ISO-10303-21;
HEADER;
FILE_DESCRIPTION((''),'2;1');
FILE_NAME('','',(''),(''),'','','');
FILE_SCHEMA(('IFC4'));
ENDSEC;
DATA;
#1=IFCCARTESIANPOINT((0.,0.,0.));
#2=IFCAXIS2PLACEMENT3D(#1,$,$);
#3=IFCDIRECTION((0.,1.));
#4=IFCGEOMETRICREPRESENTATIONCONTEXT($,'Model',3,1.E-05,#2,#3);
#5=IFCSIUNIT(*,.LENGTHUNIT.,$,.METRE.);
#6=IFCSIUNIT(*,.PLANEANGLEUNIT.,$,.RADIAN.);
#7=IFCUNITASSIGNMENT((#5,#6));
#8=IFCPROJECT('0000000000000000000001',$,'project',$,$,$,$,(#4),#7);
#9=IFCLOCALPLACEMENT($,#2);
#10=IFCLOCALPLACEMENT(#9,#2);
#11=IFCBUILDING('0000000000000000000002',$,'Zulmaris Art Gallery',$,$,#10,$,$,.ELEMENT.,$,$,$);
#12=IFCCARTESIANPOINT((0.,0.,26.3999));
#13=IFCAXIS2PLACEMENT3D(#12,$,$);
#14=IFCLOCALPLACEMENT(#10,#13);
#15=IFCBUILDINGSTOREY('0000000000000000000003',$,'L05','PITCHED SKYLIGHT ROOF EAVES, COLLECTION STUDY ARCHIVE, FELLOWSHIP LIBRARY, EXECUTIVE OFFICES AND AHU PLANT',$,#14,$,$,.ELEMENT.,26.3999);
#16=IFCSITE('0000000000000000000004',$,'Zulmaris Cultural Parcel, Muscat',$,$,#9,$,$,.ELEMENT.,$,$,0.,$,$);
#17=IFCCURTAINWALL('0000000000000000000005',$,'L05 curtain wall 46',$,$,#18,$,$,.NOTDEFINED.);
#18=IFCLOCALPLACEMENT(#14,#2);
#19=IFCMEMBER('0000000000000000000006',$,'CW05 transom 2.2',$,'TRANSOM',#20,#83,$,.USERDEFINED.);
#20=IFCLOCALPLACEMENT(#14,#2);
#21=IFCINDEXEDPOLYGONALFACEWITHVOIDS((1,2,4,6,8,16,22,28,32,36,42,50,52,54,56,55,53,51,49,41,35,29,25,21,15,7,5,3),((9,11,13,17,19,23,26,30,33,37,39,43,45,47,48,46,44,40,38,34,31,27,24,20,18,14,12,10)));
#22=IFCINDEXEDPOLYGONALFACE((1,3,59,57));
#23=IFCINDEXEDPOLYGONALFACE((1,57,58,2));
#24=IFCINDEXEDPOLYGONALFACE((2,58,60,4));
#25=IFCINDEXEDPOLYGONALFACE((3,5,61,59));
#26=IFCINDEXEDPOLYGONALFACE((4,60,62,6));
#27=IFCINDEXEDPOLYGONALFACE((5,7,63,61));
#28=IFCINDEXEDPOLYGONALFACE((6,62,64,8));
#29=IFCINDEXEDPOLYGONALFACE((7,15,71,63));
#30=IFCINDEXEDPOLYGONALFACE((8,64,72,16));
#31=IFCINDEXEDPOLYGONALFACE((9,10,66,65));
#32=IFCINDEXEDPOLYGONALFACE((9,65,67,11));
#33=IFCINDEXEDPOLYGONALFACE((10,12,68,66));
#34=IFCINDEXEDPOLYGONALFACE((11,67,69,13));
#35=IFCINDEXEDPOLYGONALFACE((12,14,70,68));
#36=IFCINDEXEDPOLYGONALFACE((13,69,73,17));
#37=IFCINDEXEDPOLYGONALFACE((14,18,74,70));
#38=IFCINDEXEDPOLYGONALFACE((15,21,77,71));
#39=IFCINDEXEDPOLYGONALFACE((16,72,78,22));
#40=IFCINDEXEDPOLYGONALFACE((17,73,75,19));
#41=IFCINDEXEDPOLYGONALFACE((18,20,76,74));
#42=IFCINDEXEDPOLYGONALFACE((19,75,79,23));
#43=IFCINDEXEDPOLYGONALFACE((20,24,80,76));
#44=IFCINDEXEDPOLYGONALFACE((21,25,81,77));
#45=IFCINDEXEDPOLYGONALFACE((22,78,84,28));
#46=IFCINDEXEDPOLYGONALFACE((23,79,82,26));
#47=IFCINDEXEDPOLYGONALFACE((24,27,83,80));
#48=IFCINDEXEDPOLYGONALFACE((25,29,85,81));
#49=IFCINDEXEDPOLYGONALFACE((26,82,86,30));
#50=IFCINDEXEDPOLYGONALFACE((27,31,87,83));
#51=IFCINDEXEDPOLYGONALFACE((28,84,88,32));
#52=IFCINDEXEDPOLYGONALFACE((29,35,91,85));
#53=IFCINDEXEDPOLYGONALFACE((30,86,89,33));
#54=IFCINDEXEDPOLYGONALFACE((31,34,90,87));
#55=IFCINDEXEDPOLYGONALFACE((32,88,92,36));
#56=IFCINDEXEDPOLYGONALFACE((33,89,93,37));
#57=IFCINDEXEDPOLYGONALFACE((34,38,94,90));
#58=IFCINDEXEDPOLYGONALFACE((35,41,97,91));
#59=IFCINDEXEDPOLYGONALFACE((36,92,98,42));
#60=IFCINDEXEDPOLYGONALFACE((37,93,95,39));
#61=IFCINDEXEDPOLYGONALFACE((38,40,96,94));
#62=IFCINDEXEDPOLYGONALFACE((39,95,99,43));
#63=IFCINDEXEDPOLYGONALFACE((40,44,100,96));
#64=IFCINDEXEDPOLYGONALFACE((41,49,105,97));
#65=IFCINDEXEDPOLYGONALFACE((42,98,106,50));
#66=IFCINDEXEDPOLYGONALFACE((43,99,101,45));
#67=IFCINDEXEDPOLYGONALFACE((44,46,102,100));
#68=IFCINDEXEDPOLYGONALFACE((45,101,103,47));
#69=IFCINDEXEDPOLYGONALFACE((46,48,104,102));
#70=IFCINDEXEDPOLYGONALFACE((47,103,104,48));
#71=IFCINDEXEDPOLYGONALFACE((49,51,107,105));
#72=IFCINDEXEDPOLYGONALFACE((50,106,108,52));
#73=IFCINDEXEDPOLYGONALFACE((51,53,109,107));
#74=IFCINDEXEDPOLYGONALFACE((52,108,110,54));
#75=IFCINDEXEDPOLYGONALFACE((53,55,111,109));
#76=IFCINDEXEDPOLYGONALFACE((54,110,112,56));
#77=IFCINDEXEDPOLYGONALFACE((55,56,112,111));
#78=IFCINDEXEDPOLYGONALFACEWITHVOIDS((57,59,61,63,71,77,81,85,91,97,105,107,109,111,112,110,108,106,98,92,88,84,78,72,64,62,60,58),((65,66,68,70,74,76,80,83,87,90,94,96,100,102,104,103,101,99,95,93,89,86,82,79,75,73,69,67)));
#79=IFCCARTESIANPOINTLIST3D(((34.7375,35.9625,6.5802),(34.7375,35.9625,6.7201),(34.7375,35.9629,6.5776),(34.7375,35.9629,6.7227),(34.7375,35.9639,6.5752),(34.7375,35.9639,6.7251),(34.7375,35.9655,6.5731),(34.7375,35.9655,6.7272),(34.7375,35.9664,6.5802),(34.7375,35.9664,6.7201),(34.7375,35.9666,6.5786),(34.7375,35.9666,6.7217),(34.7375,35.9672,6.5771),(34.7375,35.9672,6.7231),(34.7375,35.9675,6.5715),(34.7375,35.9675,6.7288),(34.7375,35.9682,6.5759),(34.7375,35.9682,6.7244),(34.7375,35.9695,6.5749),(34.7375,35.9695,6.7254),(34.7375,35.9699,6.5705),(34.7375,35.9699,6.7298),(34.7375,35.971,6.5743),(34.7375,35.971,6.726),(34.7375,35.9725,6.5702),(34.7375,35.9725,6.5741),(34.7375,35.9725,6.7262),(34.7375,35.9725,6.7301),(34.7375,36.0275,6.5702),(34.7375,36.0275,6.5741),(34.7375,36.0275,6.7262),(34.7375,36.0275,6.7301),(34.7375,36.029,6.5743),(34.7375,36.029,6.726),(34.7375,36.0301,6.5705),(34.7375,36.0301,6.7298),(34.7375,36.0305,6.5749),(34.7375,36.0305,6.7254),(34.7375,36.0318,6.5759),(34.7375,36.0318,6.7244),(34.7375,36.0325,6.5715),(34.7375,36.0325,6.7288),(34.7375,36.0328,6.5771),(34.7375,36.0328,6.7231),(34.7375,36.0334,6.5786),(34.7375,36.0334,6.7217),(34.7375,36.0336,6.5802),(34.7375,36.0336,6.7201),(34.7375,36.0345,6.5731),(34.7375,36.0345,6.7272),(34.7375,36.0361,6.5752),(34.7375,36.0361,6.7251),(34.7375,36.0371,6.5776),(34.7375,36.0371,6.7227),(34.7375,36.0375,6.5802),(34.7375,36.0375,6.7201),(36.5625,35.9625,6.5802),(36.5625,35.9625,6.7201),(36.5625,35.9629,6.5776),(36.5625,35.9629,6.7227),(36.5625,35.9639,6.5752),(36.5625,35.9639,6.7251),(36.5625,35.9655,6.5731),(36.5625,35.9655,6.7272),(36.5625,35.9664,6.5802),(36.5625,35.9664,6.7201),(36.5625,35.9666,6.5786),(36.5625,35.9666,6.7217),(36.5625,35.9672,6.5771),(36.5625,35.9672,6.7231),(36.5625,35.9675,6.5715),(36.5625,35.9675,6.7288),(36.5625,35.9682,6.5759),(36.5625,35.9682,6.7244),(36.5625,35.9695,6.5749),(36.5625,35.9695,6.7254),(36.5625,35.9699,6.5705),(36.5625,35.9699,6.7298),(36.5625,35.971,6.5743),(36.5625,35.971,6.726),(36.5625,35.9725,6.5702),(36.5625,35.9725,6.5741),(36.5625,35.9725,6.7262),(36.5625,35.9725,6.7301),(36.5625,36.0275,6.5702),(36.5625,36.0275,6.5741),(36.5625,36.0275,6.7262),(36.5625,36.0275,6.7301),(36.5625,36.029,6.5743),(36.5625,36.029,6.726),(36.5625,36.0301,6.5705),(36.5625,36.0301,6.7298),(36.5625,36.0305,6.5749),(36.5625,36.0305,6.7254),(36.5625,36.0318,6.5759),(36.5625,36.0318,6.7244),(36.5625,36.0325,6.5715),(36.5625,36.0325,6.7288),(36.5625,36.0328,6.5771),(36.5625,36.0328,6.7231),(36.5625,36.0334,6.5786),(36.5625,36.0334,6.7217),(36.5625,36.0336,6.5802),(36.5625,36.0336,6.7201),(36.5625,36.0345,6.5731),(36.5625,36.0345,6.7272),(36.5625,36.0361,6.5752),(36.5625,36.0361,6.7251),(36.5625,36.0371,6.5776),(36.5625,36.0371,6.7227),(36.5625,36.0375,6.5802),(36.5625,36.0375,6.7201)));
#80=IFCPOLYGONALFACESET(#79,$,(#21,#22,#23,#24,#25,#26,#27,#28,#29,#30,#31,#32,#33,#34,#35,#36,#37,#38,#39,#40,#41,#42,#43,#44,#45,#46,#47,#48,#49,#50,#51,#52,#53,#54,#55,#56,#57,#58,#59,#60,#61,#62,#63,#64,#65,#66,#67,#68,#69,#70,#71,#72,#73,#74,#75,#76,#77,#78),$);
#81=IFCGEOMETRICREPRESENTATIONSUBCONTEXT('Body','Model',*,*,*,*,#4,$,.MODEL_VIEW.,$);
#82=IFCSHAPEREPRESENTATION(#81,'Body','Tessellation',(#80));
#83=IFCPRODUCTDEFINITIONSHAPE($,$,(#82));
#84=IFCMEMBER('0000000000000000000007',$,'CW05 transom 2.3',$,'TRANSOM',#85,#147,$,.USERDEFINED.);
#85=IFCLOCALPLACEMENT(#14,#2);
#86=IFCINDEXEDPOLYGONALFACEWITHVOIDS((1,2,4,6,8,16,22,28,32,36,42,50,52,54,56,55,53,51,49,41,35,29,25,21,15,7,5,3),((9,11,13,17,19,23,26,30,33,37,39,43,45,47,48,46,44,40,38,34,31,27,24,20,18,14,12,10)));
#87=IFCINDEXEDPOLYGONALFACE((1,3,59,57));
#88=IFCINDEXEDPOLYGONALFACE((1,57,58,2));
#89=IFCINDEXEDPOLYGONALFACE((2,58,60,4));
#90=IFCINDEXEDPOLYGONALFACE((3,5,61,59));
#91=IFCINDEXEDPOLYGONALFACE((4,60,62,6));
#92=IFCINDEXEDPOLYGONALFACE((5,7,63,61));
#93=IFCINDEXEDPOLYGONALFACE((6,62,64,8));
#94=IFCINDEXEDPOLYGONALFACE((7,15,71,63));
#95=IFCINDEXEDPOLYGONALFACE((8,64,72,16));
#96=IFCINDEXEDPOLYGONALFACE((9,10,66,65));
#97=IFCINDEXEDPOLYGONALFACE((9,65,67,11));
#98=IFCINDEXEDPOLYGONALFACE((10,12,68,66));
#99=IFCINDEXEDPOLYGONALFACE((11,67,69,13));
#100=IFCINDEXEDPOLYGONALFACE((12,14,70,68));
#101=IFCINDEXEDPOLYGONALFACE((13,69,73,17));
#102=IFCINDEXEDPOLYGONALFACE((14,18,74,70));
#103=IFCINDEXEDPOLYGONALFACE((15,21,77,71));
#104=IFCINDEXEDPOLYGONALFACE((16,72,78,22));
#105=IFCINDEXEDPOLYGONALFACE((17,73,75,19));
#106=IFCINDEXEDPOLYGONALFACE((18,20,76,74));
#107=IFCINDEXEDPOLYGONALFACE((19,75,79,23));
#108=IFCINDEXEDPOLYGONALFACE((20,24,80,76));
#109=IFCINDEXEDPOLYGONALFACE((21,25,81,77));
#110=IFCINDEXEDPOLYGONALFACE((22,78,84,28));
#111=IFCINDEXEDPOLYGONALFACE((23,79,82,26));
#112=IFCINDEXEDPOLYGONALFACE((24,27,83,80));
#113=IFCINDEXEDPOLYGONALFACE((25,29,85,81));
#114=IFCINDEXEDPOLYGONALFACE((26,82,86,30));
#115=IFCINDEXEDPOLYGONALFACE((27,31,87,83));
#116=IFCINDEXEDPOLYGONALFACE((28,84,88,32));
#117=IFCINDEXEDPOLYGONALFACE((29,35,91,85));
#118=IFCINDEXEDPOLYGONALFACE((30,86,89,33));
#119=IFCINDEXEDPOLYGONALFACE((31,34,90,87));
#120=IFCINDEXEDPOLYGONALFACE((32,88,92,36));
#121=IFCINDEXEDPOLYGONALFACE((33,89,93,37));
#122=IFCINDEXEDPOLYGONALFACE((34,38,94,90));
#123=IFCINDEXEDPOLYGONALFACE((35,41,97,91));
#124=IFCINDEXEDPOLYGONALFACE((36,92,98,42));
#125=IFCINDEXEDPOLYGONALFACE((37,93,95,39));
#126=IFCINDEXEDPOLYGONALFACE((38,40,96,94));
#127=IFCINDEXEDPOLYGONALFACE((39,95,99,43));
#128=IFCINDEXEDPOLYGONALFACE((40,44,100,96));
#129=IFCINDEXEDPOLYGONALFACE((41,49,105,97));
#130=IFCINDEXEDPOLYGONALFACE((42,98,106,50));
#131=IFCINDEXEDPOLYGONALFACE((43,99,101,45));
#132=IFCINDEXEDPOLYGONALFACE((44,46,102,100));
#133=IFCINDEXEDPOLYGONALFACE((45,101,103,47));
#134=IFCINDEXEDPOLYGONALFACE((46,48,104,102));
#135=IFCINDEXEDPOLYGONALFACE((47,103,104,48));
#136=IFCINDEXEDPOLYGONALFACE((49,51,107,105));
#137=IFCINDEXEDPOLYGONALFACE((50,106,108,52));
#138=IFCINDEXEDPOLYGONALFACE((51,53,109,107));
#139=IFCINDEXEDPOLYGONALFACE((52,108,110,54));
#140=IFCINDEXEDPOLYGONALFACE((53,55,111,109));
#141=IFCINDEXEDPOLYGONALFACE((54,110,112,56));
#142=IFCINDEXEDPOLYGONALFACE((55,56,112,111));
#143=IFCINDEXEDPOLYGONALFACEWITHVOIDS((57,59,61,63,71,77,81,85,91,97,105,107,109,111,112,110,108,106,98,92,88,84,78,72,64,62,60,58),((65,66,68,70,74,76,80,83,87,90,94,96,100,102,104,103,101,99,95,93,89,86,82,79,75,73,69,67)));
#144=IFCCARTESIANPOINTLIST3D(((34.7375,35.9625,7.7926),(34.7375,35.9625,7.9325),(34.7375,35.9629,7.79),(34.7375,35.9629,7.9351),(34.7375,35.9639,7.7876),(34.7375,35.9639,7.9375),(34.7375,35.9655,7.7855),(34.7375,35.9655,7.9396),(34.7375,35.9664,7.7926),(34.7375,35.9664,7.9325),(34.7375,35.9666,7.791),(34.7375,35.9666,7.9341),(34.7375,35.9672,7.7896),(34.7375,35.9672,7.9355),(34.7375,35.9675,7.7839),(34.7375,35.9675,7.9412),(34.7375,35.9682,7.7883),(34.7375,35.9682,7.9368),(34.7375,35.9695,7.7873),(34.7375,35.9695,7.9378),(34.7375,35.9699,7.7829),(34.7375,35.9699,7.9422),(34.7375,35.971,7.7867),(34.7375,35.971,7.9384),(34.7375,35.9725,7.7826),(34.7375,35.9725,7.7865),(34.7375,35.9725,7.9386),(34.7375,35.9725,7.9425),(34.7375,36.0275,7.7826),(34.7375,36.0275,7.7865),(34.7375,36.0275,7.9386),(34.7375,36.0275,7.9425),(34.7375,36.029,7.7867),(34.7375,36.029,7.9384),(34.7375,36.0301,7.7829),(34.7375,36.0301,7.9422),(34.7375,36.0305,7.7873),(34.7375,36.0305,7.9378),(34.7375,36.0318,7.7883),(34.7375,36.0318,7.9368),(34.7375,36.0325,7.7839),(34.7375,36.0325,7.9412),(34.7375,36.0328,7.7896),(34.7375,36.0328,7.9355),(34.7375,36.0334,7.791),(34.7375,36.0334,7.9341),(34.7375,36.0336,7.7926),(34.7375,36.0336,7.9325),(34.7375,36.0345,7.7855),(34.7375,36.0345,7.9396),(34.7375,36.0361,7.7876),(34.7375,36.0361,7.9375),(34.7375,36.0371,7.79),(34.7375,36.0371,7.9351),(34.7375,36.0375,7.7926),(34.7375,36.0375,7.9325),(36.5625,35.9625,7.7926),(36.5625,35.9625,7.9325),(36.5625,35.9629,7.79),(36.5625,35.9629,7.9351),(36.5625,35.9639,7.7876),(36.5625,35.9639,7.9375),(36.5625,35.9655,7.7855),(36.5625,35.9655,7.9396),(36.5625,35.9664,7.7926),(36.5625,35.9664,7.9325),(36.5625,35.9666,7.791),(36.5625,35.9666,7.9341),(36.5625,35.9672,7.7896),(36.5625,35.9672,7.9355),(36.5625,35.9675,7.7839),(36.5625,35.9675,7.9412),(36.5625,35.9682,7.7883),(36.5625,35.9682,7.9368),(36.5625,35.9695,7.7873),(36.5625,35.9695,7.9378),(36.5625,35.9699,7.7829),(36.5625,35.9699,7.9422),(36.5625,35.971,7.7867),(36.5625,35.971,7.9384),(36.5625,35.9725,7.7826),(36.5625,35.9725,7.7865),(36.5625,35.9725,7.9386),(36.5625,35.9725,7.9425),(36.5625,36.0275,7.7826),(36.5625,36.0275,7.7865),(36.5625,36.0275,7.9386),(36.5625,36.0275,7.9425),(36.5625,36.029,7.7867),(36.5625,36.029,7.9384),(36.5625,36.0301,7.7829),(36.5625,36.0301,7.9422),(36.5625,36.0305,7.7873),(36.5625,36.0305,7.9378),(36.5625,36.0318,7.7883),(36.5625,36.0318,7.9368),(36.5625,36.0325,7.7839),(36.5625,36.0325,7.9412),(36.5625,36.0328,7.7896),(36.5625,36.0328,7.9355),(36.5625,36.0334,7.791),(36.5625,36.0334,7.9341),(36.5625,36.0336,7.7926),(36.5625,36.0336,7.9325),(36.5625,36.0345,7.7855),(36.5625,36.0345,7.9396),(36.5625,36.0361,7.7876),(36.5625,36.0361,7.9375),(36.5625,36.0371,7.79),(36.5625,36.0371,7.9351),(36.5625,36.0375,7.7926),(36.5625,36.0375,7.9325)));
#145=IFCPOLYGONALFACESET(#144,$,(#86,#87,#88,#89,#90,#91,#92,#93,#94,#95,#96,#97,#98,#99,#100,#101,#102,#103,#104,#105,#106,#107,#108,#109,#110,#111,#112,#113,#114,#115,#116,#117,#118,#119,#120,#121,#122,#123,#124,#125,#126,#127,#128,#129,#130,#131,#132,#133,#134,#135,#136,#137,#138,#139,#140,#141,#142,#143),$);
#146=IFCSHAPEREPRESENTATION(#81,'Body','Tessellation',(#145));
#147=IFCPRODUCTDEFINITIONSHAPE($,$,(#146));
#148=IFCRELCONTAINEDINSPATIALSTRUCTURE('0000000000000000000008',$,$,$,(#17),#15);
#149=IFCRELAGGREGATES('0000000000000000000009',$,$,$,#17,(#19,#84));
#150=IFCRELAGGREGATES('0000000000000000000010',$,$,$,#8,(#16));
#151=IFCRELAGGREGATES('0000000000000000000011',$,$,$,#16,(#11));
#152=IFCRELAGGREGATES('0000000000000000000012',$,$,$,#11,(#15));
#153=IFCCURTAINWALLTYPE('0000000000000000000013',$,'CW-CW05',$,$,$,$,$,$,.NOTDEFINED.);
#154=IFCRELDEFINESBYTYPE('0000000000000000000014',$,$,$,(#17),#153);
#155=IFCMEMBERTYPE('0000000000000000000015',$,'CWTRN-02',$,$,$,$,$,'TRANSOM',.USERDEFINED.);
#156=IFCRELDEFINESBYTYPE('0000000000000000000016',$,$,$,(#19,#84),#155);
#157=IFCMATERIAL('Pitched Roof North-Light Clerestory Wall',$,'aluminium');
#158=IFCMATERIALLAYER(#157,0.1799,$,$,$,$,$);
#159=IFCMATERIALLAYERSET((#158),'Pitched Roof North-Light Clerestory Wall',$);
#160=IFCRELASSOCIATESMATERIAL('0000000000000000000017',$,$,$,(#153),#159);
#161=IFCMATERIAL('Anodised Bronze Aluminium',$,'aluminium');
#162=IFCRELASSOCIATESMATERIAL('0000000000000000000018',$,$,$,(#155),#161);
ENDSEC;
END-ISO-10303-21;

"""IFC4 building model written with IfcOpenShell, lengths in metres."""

from ifc_helpers import new_model, si_unit, direction, frame, origin, origin_2d, place, context, subcontext, project, spatial, hollow_rectangle, extrude, material, layer, layer_set, material_profile, profile_set, type_object, element, aggregate, save


model = new_model("IFC4")

# Units and contexts
model_context = context("Model", 3, precision=1e-05, world=origin(), true_north=direction((0.0, 1.0)))
body_context = subcontext(model_context, "Body", "Model", "MODEL_VIEW")
ifc_project = project(units=[si_unit("LENGTHUNIT", "METRE"), si_unit("PLANEANGLEUNIT", "RADIAN")], contexts=[model_context])

# Site, building, storey
site_placement = place(None, origin())
site = spatial("IfcSite", under=ifc_project, at=site_placement, Name="Zulmaris Cultural Parcel, Muscat", CompositionType="ELEMENT", RefElevation=0.0)
building_placement = place(site_placement, origin())
building = spatial("IfcBuilding", under=site, at=building_placement, Name="Zulmaris Art Gallery", CompositionType="ELEMENT")
storey_placement = place(building_placement, frame((0.0, 0.0, 26.3999)))
storey = spatial("IfcBuildingStorey", under=building, at=storey_placement, Name="L05", Description="PITCHED SKYLIGHT ROOF EAVES, COLLECTION STUDY ARCHIVE, FELLOWSHIP LIBRARY, EXECUTIVE OFFICES AND AHU PLANT", CompositionType="ELEMENT", Elevation=26.3999)

# Curtain wall, members
ifc_material_1 = material(Name="Pitched Roof North-Light Clerestory Wall", Category="aluminium")
ifc_layer_1 = layer(ifc_material_1, 0.1799)
ifc_layer_set_1 = layer_set([ifc_layer_1], Name="Pitched Roof North-Light Clerestory Wall")
curtain_wall_type = type_object("IfcCurtainWallType", Name="CW-CW05", PredefinedType="NOTDEFINED", material=ifc_layer_set_1)
curtain_wall_placement = place(storey_placement, origin())
curtain_wall = element("IfcCurtainWall", 1, at=curtain_wall_placement, inside=storey, type_object=curtain_wall_type, Name="L05 curtain wall 46", PredefinedType="NOTDEFINED")
ifc_material_2 = material(Name="Anodised Bronze Aluminium", Category="aluminium")
ifc_material_profile_1 = material_profile(ifc_material_2, hollow_rectangle(XDim=0.075, YDim=0.1599, WallThickness=0.0039, InnerFilletRadius=0.0061, OuterFilletRadius=0.01, at=origin_2d()), Name="ALU 75x160x4")
ifc_profile_set_1 = profile_set([ifc_material_profile_1], Name="Anodised Bronze Aluminium")
member_type_1 = type_object("IfcMemberType", Name="CWTRN-02", ElementType="TRANSOM", PredefinedType="USERDEFINED", material=ifc_profile_set_1)
member_1_placement = place(storey_placement, frame((34.7375, 36.0, 6.6501), z_axis=(1.0, 0.0, 0.0), x_axis=(0.0, 1.0, 0.0)))
member_1 = element("IfcMember", 2, at=member_1_placement, type_object=member_type_1, Name="CW05 transom 2.2", ObjectType="TRANSOM", PredefinedType="USERDEFINED", context=body_context, shape_type="SweptSolid", body=[
    extrude(hollow_rectangle(XDim=0.075, YDim=0.1599, WallThickness=0.0039, InnerFilletRadius=0.0061, OuterFilletRadius=0.01, at=origin_2d()), origin(), (0.0, 0.0, 1.0), 1.825),
])
member_2_placement = place(storey_placement, frame((34.7375, 36.0, 7.8625), z_axis=(1.0, 0.0, 0.0), x_axis=(0.0, 1.0, 0.0)))
member_2 = element("IfcMember", 3, at=member_2_placement, type_object=member_type_1, Name="CW05 transom 2.3", ObjectType="TRANSOM", PredefinedType="USERDEFINED", context=body_context, shape_type="SweptSolid", body=[
    extrude(hollow_rectangle(XDim=0.075, YDim=0.1599, WallThickness=0.0039, InnerFilletRadius=0.0061, OuterFilletRadius=0.01, at=origin_2d()), origin(), (0.0, 0.0, 1.0), 1.825),
])

aggregate(curtain_wall, [member_1, member_2])

save(model, "model.ifc")
